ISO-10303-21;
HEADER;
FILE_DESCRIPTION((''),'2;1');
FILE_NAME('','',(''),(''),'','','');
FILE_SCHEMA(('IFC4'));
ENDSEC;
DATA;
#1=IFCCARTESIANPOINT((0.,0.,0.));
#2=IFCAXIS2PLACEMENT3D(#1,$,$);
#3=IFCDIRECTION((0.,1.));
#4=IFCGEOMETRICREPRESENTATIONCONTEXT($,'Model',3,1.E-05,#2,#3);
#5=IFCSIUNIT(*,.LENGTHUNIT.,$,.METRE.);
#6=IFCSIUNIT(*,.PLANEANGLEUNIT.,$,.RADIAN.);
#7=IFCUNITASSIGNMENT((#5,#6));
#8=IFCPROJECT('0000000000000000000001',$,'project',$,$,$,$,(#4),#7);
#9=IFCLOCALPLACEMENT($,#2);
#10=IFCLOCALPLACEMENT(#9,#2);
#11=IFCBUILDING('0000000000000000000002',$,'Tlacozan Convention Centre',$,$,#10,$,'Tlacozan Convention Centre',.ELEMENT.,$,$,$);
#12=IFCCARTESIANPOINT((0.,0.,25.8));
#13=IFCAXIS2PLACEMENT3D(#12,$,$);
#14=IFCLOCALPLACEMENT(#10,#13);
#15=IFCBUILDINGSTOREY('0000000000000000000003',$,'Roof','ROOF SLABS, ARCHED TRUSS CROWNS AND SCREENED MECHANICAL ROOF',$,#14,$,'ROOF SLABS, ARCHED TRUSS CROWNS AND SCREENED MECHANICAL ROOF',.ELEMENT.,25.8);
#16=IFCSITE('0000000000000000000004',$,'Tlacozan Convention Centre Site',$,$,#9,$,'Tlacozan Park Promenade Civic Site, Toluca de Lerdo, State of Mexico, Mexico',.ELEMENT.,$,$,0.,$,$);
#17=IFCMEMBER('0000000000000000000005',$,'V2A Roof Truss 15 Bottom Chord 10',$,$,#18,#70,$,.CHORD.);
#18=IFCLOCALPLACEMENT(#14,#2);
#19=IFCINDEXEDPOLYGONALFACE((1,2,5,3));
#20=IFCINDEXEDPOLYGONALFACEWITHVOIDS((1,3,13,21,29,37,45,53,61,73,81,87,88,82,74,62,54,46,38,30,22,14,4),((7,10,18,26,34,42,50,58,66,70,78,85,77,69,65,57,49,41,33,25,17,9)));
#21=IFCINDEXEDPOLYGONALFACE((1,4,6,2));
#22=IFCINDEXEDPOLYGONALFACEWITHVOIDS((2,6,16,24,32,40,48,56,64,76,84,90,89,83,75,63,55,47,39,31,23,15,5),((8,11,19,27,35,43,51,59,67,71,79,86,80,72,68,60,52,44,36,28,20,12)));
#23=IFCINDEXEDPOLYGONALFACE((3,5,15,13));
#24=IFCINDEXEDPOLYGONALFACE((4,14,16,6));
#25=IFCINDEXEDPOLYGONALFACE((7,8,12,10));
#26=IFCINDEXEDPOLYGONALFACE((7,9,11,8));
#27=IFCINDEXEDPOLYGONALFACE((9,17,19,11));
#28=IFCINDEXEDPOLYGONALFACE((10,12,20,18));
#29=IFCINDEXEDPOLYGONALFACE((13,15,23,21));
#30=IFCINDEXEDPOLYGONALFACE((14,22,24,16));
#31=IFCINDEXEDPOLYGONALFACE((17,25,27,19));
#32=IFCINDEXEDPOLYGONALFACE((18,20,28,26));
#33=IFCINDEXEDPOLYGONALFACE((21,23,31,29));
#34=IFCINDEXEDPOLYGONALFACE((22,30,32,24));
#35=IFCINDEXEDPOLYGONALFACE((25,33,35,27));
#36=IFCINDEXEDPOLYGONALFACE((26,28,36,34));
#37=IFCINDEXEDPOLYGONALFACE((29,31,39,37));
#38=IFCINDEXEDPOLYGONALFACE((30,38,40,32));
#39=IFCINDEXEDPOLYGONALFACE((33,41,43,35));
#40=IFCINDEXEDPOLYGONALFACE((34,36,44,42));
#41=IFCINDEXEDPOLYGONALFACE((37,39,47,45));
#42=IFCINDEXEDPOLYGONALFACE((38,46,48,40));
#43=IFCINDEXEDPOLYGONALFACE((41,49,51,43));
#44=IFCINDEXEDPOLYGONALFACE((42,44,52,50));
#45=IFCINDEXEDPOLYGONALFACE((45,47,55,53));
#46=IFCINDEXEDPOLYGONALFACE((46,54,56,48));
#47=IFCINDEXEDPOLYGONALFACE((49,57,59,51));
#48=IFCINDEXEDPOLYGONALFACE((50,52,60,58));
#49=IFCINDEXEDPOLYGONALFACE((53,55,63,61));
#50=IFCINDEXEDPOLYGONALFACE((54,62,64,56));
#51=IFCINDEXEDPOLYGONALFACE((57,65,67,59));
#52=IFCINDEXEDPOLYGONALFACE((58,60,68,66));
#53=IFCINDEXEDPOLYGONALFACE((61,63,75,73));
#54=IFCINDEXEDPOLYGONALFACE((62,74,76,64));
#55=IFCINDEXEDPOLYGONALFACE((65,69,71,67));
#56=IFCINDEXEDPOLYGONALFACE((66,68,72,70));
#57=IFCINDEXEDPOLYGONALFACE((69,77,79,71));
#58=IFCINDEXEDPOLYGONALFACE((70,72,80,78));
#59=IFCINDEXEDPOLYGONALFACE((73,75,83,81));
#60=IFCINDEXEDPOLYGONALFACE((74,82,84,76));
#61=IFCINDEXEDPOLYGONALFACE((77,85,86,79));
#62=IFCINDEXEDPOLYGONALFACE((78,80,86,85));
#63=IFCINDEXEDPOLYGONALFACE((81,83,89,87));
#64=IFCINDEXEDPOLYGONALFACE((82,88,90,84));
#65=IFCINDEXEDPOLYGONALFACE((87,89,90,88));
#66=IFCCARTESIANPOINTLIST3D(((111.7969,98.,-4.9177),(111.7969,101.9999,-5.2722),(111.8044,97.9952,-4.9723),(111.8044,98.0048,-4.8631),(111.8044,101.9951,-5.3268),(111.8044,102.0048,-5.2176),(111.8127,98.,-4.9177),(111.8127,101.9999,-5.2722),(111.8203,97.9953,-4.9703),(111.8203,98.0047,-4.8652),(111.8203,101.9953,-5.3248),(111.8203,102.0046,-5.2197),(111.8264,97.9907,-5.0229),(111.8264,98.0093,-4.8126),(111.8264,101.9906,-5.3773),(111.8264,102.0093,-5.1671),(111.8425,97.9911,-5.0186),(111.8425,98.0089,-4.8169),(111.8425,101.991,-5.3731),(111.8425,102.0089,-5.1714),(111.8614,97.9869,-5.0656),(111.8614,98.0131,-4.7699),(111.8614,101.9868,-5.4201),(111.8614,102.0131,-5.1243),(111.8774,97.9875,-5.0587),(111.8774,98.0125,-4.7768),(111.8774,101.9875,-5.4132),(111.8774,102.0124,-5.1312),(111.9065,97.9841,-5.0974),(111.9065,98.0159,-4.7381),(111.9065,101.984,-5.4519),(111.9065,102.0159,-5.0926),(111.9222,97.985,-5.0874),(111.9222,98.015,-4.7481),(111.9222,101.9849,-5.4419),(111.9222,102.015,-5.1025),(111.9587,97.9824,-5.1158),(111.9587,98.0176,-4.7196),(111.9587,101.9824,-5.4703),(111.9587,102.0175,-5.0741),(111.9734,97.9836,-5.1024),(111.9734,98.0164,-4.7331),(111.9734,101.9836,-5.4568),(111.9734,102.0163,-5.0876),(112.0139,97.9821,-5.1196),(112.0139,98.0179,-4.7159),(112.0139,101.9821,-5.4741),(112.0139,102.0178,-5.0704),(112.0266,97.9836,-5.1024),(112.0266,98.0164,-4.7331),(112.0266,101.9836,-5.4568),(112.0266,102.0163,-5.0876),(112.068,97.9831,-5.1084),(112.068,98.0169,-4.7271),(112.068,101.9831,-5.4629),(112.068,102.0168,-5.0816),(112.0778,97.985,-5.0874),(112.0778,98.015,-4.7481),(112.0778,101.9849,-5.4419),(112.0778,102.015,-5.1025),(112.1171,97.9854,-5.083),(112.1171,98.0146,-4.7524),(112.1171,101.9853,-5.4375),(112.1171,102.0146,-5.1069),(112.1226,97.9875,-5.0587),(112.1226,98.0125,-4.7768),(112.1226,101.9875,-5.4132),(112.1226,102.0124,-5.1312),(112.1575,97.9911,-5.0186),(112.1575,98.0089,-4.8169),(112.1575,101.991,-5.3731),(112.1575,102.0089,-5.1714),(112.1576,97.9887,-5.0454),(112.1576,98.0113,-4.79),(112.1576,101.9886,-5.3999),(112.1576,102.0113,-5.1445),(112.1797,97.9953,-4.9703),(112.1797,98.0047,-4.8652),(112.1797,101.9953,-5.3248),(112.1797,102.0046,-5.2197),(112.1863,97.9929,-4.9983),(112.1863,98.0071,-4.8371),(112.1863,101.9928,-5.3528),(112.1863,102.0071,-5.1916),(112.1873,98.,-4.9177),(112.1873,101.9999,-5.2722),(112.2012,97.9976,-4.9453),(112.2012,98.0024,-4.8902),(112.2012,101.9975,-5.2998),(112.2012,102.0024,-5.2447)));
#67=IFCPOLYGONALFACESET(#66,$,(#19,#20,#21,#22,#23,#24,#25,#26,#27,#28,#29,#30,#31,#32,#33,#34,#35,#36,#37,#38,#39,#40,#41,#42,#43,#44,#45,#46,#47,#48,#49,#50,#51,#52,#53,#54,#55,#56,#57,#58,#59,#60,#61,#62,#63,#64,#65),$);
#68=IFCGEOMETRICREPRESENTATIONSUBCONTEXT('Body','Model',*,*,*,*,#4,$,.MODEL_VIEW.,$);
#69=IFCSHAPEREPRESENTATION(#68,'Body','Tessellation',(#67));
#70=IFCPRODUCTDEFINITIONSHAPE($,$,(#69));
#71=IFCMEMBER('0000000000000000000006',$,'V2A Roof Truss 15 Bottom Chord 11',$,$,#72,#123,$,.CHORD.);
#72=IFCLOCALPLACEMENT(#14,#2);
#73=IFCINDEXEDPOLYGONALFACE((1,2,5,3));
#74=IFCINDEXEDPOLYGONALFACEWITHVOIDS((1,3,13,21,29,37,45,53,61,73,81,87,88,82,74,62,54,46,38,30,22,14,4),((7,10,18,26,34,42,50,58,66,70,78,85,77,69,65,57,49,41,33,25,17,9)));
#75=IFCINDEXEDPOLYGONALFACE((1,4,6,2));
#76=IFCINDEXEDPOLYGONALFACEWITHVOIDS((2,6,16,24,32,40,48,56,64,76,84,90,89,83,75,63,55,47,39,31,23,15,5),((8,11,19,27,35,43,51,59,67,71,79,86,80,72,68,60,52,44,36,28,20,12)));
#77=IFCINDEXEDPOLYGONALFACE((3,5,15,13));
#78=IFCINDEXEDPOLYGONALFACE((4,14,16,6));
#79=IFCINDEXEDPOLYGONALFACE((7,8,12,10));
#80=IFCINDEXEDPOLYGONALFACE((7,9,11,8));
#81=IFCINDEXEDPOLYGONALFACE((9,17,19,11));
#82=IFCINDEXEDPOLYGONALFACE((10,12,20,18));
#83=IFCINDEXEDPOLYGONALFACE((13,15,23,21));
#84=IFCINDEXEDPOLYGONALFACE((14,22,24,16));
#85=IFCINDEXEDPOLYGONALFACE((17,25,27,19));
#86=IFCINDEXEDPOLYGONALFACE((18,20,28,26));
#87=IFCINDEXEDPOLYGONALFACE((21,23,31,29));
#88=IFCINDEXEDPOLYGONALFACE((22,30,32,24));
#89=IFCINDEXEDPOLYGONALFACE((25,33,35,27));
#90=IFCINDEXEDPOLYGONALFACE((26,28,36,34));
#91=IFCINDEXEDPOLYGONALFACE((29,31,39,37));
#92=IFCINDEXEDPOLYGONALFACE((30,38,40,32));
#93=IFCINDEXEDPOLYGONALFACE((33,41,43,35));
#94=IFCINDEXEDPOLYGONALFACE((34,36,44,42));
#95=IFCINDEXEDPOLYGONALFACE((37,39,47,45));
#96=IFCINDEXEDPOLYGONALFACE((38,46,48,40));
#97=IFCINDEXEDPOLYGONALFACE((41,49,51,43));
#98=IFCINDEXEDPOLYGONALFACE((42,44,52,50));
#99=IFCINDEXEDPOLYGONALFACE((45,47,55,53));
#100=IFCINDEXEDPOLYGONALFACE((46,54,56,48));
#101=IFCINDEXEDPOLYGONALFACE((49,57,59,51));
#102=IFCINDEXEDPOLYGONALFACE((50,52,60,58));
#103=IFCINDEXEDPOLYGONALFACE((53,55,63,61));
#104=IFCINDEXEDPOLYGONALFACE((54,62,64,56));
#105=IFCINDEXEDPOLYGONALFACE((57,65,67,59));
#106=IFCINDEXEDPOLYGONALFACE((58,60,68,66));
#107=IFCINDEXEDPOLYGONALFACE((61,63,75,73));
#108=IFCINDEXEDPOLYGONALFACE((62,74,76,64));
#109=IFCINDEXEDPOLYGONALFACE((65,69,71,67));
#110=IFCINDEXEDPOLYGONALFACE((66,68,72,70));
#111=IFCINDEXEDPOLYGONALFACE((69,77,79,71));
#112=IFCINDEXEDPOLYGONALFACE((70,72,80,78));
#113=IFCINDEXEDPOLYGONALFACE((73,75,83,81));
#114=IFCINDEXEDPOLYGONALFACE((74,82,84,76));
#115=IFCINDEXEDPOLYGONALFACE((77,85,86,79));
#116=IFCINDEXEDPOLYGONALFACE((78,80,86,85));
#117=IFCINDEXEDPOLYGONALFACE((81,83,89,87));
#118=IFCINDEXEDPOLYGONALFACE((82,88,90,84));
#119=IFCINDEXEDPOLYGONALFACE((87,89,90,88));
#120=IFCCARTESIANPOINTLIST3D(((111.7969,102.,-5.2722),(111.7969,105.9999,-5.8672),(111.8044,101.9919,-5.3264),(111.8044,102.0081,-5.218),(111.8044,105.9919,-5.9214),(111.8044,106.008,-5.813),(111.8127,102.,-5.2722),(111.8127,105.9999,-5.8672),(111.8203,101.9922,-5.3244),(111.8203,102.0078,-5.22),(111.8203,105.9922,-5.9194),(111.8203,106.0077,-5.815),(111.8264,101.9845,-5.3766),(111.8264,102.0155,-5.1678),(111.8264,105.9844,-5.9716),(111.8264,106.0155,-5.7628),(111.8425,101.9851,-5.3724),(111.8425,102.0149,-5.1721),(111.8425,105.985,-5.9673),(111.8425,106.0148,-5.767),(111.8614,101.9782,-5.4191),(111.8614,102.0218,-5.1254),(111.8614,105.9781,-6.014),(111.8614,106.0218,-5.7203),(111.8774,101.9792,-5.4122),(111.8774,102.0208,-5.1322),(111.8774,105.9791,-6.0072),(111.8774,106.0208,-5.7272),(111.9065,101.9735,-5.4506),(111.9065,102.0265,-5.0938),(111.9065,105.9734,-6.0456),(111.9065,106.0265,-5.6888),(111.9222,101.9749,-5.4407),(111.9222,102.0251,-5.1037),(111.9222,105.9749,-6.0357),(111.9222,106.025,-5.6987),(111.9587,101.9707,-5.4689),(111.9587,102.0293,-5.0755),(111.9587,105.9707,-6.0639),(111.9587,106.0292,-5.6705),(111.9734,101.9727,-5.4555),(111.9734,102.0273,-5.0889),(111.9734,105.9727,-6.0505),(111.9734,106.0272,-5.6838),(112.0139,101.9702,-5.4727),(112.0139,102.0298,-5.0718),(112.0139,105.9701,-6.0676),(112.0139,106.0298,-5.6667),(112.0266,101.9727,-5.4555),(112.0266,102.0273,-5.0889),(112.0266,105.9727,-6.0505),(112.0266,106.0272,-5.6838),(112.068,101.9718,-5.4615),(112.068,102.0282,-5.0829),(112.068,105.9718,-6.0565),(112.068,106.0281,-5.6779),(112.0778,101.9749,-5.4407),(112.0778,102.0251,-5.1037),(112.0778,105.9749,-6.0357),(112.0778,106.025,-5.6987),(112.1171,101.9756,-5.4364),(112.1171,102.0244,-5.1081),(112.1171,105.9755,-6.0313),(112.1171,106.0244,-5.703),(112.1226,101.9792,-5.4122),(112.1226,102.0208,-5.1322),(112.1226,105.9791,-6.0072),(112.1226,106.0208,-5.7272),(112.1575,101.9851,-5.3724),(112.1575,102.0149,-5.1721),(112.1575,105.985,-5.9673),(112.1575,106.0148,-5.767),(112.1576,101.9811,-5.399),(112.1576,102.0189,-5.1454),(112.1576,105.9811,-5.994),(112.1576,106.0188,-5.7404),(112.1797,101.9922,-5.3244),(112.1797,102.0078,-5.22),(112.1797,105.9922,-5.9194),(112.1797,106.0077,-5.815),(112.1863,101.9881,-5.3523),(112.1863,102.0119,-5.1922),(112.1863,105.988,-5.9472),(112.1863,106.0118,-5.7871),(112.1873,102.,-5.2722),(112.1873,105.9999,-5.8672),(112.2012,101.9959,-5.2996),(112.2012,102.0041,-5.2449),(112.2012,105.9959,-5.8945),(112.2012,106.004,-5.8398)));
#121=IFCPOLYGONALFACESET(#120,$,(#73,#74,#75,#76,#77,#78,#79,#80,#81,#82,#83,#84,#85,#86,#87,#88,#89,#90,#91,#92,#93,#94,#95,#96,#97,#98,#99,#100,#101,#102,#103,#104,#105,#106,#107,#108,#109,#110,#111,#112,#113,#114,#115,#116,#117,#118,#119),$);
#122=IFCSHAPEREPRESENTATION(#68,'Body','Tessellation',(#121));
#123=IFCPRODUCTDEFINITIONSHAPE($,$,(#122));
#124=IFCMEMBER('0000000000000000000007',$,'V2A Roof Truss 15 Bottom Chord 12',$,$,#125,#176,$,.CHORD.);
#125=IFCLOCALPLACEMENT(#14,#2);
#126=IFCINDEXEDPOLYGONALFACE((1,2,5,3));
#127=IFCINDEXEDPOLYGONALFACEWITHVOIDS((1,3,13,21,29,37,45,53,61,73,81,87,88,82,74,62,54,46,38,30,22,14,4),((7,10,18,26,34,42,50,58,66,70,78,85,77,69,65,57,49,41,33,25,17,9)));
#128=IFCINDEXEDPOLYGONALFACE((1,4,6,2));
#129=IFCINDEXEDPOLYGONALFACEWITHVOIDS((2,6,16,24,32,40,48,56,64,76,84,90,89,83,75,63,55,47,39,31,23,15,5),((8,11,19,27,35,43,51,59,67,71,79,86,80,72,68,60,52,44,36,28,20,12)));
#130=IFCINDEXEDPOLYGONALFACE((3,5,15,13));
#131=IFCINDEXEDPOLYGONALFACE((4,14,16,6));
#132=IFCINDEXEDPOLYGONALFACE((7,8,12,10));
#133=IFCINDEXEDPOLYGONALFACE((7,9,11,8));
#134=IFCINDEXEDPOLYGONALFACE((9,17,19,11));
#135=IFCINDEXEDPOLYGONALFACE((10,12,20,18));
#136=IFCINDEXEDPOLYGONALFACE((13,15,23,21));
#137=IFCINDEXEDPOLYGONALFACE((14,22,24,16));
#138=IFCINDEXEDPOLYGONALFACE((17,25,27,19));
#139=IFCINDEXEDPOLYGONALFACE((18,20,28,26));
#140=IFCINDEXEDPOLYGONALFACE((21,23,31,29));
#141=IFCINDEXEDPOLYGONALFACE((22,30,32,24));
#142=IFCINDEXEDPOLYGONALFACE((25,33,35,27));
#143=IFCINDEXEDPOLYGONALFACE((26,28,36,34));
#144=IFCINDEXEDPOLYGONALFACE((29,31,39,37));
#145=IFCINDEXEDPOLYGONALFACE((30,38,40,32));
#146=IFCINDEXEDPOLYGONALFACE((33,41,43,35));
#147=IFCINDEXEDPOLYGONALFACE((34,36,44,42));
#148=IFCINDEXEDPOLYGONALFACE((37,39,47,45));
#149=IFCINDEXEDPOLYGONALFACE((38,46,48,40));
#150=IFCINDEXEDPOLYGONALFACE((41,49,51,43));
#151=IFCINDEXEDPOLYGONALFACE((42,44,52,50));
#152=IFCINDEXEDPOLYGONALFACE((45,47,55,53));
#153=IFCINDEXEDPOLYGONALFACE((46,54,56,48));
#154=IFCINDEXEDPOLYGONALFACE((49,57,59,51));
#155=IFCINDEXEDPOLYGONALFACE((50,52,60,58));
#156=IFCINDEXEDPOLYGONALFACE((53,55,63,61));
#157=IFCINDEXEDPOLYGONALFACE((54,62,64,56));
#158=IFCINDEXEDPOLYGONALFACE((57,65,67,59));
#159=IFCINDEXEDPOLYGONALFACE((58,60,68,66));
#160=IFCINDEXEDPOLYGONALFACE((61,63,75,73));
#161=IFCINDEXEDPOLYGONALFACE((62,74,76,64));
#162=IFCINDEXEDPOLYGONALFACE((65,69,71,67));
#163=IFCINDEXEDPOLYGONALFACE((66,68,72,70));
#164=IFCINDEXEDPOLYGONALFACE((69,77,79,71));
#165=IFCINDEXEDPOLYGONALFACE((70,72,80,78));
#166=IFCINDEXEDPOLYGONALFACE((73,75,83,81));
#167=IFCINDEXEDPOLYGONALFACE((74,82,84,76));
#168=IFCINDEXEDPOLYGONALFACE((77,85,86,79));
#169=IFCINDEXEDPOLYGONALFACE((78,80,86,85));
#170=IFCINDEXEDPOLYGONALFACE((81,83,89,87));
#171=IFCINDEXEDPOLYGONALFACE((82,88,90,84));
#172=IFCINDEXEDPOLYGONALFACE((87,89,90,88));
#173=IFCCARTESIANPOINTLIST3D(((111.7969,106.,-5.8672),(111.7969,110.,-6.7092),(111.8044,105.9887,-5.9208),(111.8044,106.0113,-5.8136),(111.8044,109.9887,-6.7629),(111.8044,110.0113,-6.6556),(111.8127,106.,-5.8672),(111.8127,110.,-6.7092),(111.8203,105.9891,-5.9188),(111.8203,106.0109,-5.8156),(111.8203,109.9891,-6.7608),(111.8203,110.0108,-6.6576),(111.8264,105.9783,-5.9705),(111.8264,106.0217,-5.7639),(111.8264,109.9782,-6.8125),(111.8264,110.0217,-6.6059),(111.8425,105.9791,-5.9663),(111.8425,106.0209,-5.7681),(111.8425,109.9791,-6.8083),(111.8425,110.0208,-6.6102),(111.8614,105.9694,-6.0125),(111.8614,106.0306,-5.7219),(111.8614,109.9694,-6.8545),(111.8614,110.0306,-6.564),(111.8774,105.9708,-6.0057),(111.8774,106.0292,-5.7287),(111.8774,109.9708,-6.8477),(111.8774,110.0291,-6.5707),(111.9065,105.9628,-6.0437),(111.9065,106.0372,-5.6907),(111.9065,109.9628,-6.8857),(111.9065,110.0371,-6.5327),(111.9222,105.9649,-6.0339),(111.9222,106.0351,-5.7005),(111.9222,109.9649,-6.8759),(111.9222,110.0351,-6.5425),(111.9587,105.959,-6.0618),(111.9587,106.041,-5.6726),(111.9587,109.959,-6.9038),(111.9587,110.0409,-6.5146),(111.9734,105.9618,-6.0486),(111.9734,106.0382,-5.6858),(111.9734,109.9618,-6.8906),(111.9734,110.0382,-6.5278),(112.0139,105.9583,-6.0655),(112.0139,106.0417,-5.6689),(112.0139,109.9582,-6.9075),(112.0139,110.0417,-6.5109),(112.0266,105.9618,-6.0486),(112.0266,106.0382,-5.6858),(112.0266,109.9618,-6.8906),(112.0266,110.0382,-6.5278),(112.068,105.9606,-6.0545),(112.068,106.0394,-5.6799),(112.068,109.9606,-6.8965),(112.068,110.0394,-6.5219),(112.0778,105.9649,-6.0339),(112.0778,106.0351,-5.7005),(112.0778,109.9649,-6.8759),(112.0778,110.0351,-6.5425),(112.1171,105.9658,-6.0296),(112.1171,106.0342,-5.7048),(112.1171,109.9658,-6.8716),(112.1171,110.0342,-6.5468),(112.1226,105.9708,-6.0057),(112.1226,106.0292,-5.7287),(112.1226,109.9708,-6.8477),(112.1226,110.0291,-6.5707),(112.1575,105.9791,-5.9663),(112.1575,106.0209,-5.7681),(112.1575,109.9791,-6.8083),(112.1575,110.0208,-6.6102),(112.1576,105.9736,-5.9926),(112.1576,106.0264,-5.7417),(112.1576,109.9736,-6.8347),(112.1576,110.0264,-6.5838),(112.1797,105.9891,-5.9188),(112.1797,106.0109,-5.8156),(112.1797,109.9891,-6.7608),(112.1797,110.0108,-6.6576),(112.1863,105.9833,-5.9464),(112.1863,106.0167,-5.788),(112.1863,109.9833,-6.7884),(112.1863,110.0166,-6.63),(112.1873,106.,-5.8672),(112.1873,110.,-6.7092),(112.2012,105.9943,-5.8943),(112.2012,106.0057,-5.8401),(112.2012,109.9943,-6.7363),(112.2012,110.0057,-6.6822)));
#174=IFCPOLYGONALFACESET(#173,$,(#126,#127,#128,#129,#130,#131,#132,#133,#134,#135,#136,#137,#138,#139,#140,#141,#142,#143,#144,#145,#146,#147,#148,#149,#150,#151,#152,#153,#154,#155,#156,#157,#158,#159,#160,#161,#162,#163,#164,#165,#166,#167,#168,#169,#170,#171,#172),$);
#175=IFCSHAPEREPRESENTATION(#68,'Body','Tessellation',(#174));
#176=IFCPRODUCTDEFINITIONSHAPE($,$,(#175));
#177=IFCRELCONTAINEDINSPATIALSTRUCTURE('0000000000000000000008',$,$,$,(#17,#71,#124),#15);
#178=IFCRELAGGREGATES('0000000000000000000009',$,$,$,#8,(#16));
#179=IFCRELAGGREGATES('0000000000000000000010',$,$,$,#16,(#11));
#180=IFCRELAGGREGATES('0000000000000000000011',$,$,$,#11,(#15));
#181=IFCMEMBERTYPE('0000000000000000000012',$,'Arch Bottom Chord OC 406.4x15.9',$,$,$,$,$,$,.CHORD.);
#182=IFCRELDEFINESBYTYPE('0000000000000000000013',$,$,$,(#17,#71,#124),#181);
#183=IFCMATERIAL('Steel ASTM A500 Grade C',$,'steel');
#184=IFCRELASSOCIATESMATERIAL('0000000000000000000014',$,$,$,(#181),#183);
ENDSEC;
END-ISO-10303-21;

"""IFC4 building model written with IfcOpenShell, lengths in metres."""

from ifc_helpers import new_model, si_unit, direction, frame, origin, origin_2d, place, context, subcontext, project, spatial, hollow_circle, extrude, material, material_profile, profile_set, type_object, element, save


model = new_model("IFC4")

# Units and contexts
model_context = context("Model", 3, precision=1e-05, world=origin(), true_north=direction((0.0, 1.0)))
body_context = subcontext(model_context, "Body", "Model", "MODEL_VIEW")
ifc_project = project(units=[si_unit("LENGTHUNIT", "METRE"), si_unit("PLANEANGLEUNIT", "RADIAN")], contexts=[model_context])

# Site, building, storey
site_placement = place(None, origin())
site = spatial("IfcSite", under=ifc_project, at=site_placement, Name="Tlacozan Convention Centre Site", LongName="Tlacozan Park Promenade Civic Site, Toluca de Lerdo, State of Mexico, Mexico", CompositionType="ELEMENT", RefElevation=0.0)
building_placement = place(site_placement, origin())
building = spatial("IfcBuilding", under=site, at=building_placement, Name="Tlacozan Convention Centre", LongName="Tlacozan Convention Centre", CompositionType="ELEMENT")
storey_placement = place(building_placement, frame((0.0, 0.0, 25.8)))
storey = spatial("IfcBuildingStorey", under=building, at=storey_placement, Name="Roof", Description="ROOF SLABS, ARCHED TRUSS CROWNS AND SCREENED MECHANICAL ROOF", LongName="ROOF SLABS, ARCHED TRUSS CROWNS AND SCREENED MECHANICAL ROOF", CompositionType="ELEMENT", Elevation=25.8)

# Members
ifc_material_1 = material(Name="Steel ASTM A500 Grade C", Category="steel")
ifc_material_profile_1 = material_profile(ifc_material_1, hollow_circle(Radius=0.2031, WallThickness=0.0159, at=origin_2d()), Name="OC 406.4x15.9")
ifc_profile_set_1 = profile_set([ifc_material_profile_1], Name="Steel ASTM A500 Grade C")
member_type_1 = type_object("IfcMemberType", Name="Arch Bottom Chord OC 406.4x15.9", PredefinedType="CHORD", material=ifc_profile_set_1)
member_1_placement = place(storey_placement, frame((112.0, 98.0, -4.9177), z_axis=(0.0, 0.996096, -0.088277), x_axis=(-1.0, 0.0, 0.0)))
element("IfcMember", 1, at=member_1_placement, inside=storey, type_object=member_type_1, Name="V2A Roof Truss 15 Bottom Chord 10", PredefinedType="CHORD", context=body_context, shape_type="SweptSolid", body=[
    extrude(hollow_circle(Radius=0.2031, WallThickness=0.0159, at=origin_2d()), origin(), (0.0, 0.0, 1.0), 4.0156),
])
member_2_placement = place(storey_placement, frame((112.0, 102.0, -5.2722), z_axis=(0.0, 0.989118, -0.147124), x_axis=(-1.0, 0.0, 0.0)))
element("IfcMember", 2, at=member_2_placement, inside=storey, type_object=member_type_1, Name="V2A Roof Truss 15 Bottom Chord 11", PredefinedType="CHORD", context=body_context, shape_type="SweptSolid", body=[
    extrude(hollow_circle(Radius=0.2031, WallThickness=0.0159, at=origin_2d()), origin(), (0.0, 0.0, 1.0), 4.0439),
])
member_3_placement = place(storey_placement, frame((112.0, 106.0, -5.8672), z_axis=(0.0, 0.978553, -0.205995), x_axis=(-1.0, 0.0, 0.0)))
element("IfcMember", 3, at=member_3_placement, inside=storey, type_object=member_type_1, Name="V2A Roof Truss 15 Bottom Chord 12", PredefinedType="CHORD", context=body_context, shape_type="SweptSolid", body=[
    extrude(hollow_circle(Radius=0.2031, WallThickness=0.0159, at=origin_2d()), origin(), (0.0, 0.0, 1.0), 4.0876),
])

save(model, "model.ifc")
